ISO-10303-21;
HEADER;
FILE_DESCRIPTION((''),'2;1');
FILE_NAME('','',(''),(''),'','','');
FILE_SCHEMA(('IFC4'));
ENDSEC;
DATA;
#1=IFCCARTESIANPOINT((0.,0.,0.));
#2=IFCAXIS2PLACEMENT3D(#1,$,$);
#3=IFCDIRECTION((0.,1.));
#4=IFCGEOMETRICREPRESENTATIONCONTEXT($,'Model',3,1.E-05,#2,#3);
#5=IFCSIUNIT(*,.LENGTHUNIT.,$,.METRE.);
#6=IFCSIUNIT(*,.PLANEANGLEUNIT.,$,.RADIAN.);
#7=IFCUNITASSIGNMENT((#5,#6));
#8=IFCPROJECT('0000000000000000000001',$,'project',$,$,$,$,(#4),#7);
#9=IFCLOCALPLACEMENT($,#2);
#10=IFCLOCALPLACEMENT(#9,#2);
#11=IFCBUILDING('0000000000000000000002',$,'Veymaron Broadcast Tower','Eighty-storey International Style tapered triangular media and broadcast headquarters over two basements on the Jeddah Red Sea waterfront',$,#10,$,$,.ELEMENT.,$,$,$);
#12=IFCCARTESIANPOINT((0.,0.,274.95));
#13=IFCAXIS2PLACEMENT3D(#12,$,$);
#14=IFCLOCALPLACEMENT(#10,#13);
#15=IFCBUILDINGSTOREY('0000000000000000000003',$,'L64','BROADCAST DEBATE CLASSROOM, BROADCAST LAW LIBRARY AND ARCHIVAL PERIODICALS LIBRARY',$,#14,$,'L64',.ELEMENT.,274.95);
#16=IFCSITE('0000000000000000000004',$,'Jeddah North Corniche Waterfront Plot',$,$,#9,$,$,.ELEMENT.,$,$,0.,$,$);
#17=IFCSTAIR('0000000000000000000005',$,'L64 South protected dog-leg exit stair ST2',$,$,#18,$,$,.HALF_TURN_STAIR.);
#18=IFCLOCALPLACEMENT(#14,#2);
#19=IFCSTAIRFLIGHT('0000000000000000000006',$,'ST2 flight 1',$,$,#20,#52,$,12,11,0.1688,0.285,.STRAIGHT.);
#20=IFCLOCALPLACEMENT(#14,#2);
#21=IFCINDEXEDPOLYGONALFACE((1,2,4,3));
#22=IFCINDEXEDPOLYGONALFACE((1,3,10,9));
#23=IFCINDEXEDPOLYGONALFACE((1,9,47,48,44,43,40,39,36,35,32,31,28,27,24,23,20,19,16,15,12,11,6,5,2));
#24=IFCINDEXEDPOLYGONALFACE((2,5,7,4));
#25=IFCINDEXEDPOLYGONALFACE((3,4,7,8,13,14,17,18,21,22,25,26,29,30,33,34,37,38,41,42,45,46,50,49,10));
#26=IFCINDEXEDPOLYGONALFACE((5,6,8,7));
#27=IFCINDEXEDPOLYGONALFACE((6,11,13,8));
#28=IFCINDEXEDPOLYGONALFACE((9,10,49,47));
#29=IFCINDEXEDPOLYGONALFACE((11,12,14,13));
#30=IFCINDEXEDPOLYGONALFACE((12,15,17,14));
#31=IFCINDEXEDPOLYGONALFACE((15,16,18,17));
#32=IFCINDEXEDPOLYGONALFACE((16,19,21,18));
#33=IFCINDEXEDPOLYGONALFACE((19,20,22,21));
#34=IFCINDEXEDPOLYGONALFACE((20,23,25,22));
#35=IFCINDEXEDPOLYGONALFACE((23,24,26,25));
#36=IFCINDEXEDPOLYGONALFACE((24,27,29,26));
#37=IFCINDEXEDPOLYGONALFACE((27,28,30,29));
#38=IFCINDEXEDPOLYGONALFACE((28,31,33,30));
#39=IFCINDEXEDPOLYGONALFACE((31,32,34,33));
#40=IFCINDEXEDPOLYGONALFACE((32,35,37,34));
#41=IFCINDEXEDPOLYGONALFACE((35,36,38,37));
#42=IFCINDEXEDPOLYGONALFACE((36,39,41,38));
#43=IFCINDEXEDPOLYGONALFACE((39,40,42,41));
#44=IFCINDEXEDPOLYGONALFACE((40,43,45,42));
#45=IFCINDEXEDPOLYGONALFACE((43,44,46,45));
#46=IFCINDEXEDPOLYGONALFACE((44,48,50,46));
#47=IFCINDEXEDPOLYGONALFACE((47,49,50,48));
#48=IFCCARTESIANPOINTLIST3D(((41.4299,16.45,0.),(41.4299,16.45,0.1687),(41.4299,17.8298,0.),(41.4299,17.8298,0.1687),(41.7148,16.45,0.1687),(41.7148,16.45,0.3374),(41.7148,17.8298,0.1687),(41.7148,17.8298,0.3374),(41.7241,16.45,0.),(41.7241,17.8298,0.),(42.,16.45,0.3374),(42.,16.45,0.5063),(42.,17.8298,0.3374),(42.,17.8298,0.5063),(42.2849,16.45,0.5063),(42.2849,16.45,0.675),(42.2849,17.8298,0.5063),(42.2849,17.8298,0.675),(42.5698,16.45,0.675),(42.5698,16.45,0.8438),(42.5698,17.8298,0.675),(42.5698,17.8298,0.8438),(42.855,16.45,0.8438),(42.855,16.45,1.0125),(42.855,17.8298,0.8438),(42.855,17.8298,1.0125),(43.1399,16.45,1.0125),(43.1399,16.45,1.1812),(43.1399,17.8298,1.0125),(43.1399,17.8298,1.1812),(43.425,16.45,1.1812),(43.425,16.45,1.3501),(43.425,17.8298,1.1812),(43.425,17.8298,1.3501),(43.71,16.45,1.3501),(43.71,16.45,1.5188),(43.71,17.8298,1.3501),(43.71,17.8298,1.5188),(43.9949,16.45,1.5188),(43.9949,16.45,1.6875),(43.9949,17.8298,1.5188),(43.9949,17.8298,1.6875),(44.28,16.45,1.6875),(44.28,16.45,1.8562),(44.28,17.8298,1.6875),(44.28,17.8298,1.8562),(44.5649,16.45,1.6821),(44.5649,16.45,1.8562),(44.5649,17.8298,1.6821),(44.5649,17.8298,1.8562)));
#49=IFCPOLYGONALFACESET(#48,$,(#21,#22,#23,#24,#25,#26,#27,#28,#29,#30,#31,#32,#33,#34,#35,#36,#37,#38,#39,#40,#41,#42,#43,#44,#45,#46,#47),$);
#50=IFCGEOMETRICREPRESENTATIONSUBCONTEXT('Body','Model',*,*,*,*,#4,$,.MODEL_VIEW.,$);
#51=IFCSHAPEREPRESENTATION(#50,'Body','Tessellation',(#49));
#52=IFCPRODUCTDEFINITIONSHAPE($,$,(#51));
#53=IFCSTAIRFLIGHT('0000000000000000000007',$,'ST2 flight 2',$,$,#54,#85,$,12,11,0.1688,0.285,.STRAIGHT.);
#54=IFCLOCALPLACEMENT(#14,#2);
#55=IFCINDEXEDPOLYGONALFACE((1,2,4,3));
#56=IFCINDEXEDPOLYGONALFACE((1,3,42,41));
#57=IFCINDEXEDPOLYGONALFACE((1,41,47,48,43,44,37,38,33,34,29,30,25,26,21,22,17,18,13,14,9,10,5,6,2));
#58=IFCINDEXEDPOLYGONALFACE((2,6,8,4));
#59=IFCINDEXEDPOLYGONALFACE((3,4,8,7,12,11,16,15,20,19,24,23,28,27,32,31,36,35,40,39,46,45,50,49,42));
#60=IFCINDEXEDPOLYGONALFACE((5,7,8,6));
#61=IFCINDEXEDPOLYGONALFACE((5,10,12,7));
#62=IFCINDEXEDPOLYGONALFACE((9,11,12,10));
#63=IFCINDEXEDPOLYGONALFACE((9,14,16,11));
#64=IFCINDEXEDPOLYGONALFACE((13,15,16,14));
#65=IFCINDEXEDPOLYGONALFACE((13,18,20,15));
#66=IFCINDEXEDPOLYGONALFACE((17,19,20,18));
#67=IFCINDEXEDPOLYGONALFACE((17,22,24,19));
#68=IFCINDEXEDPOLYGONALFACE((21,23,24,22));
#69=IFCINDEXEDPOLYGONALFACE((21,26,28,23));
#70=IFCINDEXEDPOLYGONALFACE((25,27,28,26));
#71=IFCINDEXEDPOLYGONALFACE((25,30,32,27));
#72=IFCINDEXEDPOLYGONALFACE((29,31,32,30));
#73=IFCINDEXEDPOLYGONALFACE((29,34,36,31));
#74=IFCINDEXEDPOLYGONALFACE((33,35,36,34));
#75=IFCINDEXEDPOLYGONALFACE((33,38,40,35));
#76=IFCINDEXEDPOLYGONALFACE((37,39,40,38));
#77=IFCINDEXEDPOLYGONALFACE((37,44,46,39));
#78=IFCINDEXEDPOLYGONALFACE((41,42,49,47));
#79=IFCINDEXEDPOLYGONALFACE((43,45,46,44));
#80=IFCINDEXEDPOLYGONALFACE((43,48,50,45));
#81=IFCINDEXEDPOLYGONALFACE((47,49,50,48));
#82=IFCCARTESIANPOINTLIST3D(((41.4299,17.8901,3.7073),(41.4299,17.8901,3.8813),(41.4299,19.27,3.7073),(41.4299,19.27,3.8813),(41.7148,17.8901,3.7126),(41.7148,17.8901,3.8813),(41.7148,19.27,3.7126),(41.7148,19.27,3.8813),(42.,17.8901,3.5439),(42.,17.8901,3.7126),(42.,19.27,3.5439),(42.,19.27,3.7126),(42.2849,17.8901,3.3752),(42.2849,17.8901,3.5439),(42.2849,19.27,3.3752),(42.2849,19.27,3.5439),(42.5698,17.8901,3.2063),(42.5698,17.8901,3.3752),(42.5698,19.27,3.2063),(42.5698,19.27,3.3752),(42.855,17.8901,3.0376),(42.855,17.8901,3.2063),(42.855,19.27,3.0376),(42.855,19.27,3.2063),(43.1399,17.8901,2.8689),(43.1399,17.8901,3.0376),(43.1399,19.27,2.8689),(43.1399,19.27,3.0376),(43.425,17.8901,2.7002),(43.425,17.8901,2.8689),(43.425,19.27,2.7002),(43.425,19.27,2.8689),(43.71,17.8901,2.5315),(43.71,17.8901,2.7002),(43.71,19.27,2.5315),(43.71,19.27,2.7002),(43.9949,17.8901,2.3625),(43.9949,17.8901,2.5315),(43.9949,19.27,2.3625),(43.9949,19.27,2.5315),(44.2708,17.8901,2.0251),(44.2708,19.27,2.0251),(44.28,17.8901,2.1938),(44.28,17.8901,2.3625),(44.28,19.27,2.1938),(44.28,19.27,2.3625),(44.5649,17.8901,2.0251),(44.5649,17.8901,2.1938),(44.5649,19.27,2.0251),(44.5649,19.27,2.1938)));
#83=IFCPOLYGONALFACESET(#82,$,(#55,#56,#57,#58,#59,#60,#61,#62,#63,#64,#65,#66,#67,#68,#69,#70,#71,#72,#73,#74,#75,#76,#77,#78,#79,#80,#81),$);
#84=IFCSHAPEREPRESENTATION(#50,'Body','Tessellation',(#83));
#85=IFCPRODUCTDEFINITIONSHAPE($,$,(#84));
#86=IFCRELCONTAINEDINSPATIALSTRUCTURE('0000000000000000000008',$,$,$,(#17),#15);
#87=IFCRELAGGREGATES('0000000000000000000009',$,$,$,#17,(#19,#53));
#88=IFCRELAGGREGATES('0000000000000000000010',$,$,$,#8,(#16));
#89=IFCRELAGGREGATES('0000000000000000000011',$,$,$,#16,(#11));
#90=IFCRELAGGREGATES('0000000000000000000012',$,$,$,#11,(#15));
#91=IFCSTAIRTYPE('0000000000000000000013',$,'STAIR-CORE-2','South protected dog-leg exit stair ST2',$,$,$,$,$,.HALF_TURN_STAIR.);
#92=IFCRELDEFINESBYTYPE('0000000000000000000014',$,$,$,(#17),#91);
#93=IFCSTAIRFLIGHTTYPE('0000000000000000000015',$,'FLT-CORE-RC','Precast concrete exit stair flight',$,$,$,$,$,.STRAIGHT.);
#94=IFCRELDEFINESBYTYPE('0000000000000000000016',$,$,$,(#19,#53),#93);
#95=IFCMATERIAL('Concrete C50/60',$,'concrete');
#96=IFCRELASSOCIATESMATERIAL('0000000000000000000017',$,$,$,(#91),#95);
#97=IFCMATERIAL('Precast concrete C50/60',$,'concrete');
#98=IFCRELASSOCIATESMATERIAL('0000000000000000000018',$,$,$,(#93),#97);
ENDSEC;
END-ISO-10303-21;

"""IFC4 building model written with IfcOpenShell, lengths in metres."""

from ifc_helpers import new_model, si_unit, direction, frame, origin, place, context, subcontext, project, spatial, polyline, outline, extrude, material, type_object, element, aggregate, save


model = new_model("IFC4")

# Units and contexts
model_context = context("Model", 3, precision=1e-05, world=origin(), true_north=direction((0.0, 1.0)))
body_context = subcontext(model_context, "Body", "Model", "MODEL_VIEW")
ifc_project = project(units=[si_unit("LENGTHUNIT", "METRE"), si_unit("PLANEANGLEUNIT", "RADIAN")], contexts=[model_context])

# Site, building, storey
site_placement = place(None, origin())
site = spatial("IfcSite", under=ifc_project, at=site_placement, Name="Jeddah North Corniche Waterfront Plot", CompositionType="ELEMENT", RefElevation=0.0)
building_placement = place(site_placement, origin())
building = spatial("IfcBuilding", under=site, at=building_placement, Name="Veymaron Broadcast Tower", Description="Eighty-storey International Style tapered triangular media and broadcast headquarters over two basements on the Jeddah Red Sea waterfront", CompositionType="ELEMENT")
storey_placement = place(building_placement, frame((0.0, 0.0, 274.95)))
storey = spatial("IfcBuildingStorey", under=building, at=storey_placement, Name="L64", Description="BROADCAST DEBATE CLASSROOM, BROADCAST LAW LIBRARY AND ARCHIVAL PERIODICALS LIBRARY", LongName="L64", CompositionType="ELEMENT", Elevation=274.95)

# Shared definitions
ifc_material_1 = material(Name="Concrete C50/60", Category="concrete")

# Stair, stair flights
stair_type = type_object("IfcStairType", Name="STAIR-CORE-2", Description="South protected dog-leg exit stair ST2", PredefinedType="HALF_TURN_STAIR", material=ifc_material_1)
stair_placement = place(storey_placement, origin())
stair = element("IfcStair", 1, at=stair_placement, inside=storey, type_object=stair_type, Name="L64 South protected dog-leg exit stair ST2", PredefinedType="HALF_TURN_STAIR")
ifc_material_2 = material(Name="Precast concrete C50/60", Category="concrete")
stair_flight_type = type_object("IfcStairFlightType", Name="FLT-CORE-RC", Description="Precast concrete exit stair flight", PredefinedType="STRAIGHT", material=ifc_material_2)
stair_flight_1_placement = place(storey_placement, frame((41.4299, 17.1399, 0.0), z_axis=(0.0, 0.0, 1.0), x_axis=(1.0, 0.0, 0.0)))
stair_flight_1 = element("IfcStairFlight", 2, at=stair_flight_1_placement, type_object=stair_flight_type, Name="ST2 flight 1", NumberOfRisers=12, NumberOfTreads=11, PredefinedType="STRAIGHT", RiserHeight=0.1688, TreadLength=0.285, context=body_context, shape_type="SweptSolid", body=[
    extrude(outline(polyline([(0.0, 0.0), (0.0, 0.1687), (0.2849, 0.1687), (0.2849, 0.3374), (0.5701, 0.3374), (0.5701, 0.5063), (0.855, 0.5063), (0.855, 0.675), (1.1399, 0.675), (1.1399, 0.8438), (1.425, 0.8438), (1.425, 1.0125), (1.71, 1.0125), (1.71, 1.1812), (1.9951, 1.1812), (1.9951, 1.3501), (2.28, 1.3501), (2.28, 1.5188), (2.5649, 1.5188), (2.5649, 1.6875), (2.8501, 1.6875), (2.8501, 1.8562), (3.135, 1.8562), (3.135, 2.0249), (3.135, 1.6821), (0.2942, 0.0), (0.0, 0.0)])), frame((0.0, 0.6899, 0.0), z_axis=(0.0, -1.0, 0.0), x_axis=(1.0, 0.0, 0.0)), (0.0, 0.0, 1.0), 1.3799),
])
stair_flight_2_placement = place(storey_placement, frame((44.5649, 18.5801, 2.0251), z_axis=(0.0, 0.0, 1.0), x_axis=(-1.0, 0.0, 0.0)))
stair_flight_2 = element("IfcStairFlight", 3, at=stair_flight_2_placement, type_object=stair_flight_type, Name="ST2 flight 2", NumberOfRisers=12, NumberOfTreads=11, PredefinedType="STRAIGHT", RiserHeight=0.1688, TreadLength=0.285, context=body_context, shape_type="SweptSolid", body=[
    extrude(outline(polyline([(0.0, 0.0), (0.0, 0.1687), (0.2849, 0.1687), (0.2849, 0.3374), (0.5701, 0.3374), (0.5701, 0.5063), (0.855, 0.5063), (0.855, 0.675), (1.1399, 0.675), (1.1399, 0.8438), (1.425, 0.8438), (1.425, 1.0125), (1.71, 1.0125), (1.71, 1.1812), (1.9951, 1.1812), (1.9951, 1.3501), (2.28, 1.3501), (2.28, 1.5188), (2.5649, 1.5188), (2.5649, 1.6875), (2.8501, 1.6875), (2.8501, 1.8562), (3.135, 1.8562), (3.135, 2.0249), (3.135, 1.6821), (0.2942, 0.0), (0.0, 0.0)])), frame((0.0, 0.6899, 0.0), z_axis=(0.0, -1.0, 0.0), x_axis=(1.0, 0.0, 0.0)), (0.0, 0.0, 1.0), 1.3799),
])
aggregate(stair, [stair_flight_1, stair_flight_2])

save(model, "model.ifc")
